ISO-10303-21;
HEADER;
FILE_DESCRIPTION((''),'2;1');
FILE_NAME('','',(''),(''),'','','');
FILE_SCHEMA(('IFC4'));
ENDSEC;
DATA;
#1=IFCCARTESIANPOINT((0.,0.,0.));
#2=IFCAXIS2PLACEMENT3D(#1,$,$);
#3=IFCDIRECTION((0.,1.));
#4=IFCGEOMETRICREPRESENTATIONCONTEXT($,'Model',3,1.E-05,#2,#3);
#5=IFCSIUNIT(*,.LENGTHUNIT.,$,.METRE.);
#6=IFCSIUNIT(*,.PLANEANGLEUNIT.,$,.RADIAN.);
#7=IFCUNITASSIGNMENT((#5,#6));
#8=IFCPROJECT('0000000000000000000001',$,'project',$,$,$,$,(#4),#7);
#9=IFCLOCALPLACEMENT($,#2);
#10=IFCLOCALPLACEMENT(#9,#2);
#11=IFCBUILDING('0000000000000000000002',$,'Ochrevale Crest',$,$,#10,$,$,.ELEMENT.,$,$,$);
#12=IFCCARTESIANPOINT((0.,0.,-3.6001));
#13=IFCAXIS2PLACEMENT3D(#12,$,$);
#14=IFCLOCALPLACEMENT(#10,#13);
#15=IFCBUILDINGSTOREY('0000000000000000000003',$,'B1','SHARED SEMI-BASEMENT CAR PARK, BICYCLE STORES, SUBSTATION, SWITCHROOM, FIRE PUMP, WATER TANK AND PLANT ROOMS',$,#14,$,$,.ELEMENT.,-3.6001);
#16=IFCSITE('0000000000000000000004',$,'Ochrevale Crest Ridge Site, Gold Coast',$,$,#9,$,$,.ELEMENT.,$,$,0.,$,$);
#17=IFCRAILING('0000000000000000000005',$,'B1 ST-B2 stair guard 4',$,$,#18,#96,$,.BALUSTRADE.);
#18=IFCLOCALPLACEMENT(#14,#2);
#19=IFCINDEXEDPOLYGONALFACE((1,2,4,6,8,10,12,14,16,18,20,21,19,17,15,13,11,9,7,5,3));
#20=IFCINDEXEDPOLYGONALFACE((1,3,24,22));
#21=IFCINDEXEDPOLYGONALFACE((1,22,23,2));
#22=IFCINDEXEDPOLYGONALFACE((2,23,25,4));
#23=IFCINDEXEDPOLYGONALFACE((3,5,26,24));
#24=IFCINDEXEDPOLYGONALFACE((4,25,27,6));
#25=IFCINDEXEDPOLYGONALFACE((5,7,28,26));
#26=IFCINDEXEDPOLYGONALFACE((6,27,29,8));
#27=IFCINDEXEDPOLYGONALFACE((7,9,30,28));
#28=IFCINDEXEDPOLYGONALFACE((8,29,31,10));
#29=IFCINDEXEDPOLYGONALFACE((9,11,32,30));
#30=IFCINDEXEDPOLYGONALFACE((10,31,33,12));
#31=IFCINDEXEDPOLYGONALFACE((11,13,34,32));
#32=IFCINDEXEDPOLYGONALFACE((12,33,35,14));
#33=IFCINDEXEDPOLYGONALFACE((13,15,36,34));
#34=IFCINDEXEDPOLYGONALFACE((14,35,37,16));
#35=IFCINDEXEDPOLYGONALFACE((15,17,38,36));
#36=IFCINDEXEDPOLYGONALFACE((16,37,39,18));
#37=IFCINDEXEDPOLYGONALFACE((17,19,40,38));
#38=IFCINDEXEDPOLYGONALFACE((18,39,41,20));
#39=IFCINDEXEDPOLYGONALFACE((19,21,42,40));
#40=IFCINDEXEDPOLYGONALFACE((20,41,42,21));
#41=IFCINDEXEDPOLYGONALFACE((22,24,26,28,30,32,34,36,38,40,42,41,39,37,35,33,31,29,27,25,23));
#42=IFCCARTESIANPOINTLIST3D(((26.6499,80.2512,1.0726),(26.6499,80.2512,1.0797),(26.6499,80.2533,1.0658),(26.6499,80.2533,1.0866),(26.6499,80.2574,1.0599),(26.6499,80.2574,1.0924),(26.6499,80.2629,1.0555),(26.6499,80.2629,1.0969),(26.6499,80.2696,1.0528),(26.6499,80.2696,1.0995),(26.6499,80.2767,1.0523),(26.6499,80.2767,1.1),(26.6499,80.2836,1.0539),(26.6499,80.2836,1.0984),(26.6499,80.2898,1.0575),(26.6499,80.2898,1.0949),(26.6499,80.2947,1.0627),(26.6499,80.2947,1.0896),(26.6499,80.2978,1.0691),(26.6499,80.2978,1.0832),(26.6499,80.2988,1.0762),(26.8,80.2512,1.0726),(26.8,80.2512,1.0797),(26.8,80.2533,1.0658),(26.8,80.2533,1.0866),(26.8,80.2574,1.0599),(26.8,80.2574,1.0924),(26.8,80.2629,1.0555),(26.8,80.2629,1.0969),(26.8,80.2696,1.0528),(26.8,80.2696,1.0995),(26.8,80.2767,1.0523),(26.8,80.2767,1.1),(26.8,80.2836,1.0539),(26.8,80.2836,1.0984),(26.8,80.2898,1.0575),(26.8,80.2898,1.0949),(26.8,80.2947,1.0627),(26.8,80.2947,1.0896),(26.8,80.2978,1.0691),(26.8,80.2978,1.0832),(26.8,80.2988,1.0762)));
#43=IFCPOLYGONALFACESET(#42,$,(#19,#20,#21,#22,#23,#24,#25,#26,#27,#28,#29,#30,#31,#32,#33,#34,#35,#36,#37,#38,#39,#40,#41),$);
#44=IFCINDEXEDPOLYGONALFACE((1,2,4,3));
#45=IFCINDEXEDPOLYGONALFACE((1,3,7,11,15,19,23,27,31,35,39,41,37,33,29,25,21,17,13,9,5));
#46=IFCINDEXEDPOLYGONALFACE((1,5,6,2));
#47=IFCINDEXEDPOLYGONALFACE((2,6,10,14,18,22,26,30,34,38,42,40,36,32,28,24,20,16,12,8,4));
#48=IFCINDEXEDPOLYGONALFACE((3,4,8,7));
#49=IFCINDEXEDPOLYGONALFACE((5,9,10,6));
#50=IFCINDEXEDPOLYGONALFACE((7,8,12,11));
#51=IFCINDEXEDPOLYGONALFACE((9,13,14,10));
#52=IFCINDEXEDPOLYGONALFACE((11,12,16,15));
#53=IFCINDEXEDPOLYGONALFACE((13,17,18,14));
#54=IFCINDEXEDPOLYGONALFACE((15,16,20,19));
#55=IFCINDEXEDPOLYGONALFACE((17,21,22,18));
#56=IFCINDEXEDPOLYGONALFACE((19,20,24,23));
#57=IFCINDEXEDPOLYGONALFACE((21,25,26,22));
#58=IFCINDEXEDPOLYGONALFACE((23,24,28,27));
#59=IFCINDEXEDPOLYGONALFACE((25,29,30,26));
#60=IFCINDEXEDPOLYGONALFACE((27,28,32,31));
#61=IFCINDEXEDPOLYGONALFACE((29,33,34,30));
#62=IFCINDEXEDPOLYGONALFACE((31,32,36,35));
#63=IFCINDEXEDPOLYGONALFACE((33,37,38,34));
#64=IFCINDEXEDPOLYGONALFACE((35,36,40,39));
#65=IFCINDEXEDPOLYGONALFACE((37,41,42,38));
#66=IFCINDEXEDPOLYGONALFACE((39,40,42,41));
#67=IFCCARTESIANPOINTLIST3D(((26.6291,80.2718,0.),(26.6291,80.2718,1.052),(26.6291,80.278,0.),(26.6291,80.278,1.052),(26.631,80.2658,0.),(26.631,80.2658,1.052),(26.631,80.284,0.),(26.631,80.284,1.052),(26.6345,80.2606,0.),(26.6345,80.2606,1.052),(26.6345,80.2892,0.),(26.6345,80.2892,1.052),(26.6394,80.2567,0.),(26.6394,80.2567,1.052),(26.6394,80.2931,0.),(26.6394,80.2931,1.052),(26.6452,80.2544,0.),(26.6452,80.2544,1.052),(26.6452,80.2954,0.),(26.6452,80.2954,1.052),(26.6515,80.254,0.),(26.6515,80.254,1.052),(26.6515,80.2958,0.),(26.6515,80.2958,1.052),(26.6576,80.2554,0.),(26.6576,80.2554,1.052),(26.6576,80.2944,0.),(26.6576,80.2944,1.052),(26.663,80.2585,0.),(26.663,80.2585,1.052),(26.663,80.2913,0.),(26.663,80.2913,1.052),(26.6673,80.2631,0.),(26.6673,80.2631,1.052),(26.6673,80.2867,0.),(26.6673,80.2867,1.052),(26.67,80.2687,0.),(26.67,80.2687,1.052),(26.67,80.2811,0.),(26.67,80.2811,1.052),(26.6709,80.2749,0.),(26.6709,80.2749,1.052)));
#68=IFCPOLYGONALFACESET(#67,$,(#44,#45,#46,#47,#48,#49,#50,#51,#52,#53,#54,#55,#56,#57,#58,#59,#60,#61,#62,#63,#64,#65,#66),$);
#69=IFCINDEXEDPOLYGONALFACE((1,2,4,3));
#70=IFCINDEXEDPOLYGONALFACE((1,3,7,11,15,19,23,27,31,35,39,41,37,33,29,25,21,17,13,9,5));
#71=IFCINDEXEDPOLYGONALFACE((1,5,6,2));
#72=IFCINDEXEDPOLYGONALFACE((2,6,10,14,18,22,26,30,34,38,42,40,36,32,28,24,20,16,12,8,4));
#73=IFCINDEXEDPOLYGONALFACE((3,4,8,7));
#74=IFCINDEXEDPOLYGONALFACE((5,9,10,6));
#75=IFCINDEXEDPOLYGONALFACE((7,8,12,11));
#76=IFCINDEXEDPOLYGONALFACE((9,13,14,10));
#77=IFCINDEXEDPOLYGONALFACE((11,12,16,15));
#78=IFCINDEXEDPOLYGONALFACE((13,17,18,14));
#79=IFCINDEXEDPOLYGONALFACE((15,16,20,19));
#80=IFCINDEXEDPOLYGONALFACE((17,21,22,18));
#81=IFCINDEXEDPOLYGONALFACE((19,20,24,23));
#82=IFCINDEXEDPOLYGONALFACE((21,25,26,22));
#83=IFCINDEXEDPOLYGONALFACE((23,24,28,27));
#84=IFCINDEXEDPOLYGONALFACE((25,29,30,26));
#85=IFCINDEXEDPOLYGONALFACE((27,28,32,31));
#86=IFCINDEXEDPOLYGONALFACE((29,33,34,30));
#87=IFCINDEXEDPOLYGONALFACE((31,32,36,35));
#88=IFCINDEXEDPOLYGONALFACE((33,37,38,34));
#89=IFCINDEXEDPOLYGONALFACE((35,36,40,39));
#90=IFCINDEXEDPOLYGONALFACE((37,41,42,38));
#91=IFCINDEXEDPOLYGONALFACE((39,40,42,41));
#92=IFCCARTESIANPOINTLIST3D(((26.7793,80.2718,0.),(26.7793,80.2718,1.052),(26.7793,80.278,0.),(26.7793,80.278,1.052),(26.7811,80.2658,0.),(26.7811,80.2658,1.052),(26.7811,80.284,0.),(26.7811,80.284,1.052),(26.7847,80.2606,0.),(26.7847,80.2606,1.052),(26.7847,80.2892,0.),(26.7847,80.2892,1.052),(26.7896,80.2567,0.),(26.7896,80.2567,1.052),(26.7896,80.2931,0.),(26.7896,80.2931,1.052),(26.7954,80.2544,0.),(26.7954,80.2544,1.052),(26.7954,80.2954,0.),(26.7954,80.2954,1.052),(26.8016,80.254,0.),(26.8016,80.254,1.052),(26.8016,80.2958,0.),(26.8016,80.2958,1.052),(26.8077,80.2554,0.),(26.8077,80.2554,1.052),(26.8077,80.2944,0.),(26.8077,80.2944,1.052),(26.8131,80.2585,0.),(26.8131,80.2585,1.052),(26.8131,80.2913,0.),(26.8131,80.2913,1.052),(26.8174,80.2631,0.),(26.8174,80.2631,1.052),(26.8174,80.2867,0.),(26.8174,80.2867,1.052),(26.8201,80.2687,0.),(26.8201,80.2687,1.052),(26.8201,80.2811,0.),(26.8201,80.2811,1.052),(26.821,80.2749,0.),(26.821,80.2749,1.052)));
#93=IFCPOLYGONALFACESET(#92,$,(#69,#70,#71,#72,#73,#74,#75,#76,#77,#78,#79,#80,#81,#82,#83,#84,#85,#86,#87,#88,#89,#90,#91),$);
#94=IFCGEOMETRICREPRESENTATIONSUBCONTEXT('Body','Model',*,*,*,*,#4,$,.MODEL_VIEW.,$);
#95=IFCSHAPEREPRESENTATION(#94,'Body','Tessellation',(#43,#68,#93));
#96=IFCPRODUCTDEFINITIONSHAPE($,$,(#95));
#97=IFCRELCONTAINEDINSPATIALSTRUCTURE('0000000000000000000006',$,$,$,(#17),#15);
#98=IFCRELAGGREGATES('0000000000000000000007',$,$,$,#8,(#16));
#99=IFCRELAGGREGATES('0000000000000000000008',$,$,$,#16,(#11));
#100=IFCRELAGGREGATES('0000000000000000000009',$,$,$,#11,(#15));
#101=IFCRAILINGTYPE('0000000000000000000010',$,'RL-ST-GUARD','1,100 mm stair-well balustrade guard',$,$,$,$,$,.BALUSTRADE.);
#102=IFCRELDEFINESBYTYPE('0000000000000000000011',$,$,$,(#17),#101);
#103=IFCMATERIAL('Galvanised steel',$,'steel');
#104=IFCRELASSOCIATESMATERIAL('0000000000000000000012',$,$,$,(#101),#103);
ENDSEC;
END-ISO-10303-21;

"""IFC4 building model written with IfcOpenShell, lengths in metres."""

from ifc_helpers import new_model, si_unit, direction, frame, origin, origin_2d, place, context, subcontext, project, spatial, circle, extrude, material, type_object, element, save


model = new_model("IFC4")

# Units and contexts
model_context = context("Model", 3, precision=1e-05, world=origin(), true_north=direction((0.0, 1.0)))
body_context = subcontext(model_context, "Body", "Model", "MODEL_VIEW")
ifc_project = project(units=[si_unit("LENGTHUNIT", "METRE"), si_unit("PLANEANGLEUNIT", "RADIAN")], contexts=[model_context])

# Site, building, storey
site_placement = place(None, origin())
site = spatial("IfcSite", under=ifc_project, at=site_placement, Name="Ochrevale Crest Ridge Site, Gold Coast", CompositionType="ELEMENT", RefElevation=0.0)
building_placement = place(site_placement, origin())
building = spatial("IfcBuilding", under=site, at=building_placement, Name="Ochrevale Crest", CompositionType="ELEMENT")
storey_placement = place(building_placement, frame((0.0, 0.0, -3.6001)))
storey = spatial("IfcBuildingStorey", under=building, at=storey_placement, Name="B1", Description="SHARED SEMI-BASEMENT CAR PARK, BICYCLE STORES, SUBSTATION, SWITCHROOM, FIRE PUMP, WATER TANK AND PLANT ROOMS", CompositionType="ELEMENT", Elevation=-3.6001)

# Railing
ifc_material_1 = material(Name="Galvanised steel", Category="steel")
railing_type_1 = type_object("IfcRailingType", Name="RL-ST-GUARD", Description="1,100 mm stair-well balustrade guard", PredefinedType="BALUSTRADE", material=ifc_material_1)
railing_1_placement = place(storey_placement, frame((26.6499, 80.2749, 0.0)))
element("IfcRailing", 1, at=railing_1_placement, inside=storey, type_object=railing_type_1, Name="B1 ST-B2 stair guard 4", PredefinedType="BALUSTRADE", context=body_context, shape_type="SweptSolid", body=[
    extrude(circle(Radius=0.0239, at=origin_2d()), frame((0.0, 0.0, 1.0762), z_axis=(1.0, 0.0, 0.0), x_axis=(0.0, 1.0, 0.0)), (0.0, 0.0, 1.0), 0.1501),
    extrude(circle(Radius=0.021, at=origin_2d()), origin(), (0.0, 0.0, 1.0), 1.052),
    extrude(circle(Radius=0.021, at=origin_2d()), frame((0.1501, 0.0, 0.0)), (0.0, 0.0, 1.0), 1.052),
])

save(model, "model.ifc")
